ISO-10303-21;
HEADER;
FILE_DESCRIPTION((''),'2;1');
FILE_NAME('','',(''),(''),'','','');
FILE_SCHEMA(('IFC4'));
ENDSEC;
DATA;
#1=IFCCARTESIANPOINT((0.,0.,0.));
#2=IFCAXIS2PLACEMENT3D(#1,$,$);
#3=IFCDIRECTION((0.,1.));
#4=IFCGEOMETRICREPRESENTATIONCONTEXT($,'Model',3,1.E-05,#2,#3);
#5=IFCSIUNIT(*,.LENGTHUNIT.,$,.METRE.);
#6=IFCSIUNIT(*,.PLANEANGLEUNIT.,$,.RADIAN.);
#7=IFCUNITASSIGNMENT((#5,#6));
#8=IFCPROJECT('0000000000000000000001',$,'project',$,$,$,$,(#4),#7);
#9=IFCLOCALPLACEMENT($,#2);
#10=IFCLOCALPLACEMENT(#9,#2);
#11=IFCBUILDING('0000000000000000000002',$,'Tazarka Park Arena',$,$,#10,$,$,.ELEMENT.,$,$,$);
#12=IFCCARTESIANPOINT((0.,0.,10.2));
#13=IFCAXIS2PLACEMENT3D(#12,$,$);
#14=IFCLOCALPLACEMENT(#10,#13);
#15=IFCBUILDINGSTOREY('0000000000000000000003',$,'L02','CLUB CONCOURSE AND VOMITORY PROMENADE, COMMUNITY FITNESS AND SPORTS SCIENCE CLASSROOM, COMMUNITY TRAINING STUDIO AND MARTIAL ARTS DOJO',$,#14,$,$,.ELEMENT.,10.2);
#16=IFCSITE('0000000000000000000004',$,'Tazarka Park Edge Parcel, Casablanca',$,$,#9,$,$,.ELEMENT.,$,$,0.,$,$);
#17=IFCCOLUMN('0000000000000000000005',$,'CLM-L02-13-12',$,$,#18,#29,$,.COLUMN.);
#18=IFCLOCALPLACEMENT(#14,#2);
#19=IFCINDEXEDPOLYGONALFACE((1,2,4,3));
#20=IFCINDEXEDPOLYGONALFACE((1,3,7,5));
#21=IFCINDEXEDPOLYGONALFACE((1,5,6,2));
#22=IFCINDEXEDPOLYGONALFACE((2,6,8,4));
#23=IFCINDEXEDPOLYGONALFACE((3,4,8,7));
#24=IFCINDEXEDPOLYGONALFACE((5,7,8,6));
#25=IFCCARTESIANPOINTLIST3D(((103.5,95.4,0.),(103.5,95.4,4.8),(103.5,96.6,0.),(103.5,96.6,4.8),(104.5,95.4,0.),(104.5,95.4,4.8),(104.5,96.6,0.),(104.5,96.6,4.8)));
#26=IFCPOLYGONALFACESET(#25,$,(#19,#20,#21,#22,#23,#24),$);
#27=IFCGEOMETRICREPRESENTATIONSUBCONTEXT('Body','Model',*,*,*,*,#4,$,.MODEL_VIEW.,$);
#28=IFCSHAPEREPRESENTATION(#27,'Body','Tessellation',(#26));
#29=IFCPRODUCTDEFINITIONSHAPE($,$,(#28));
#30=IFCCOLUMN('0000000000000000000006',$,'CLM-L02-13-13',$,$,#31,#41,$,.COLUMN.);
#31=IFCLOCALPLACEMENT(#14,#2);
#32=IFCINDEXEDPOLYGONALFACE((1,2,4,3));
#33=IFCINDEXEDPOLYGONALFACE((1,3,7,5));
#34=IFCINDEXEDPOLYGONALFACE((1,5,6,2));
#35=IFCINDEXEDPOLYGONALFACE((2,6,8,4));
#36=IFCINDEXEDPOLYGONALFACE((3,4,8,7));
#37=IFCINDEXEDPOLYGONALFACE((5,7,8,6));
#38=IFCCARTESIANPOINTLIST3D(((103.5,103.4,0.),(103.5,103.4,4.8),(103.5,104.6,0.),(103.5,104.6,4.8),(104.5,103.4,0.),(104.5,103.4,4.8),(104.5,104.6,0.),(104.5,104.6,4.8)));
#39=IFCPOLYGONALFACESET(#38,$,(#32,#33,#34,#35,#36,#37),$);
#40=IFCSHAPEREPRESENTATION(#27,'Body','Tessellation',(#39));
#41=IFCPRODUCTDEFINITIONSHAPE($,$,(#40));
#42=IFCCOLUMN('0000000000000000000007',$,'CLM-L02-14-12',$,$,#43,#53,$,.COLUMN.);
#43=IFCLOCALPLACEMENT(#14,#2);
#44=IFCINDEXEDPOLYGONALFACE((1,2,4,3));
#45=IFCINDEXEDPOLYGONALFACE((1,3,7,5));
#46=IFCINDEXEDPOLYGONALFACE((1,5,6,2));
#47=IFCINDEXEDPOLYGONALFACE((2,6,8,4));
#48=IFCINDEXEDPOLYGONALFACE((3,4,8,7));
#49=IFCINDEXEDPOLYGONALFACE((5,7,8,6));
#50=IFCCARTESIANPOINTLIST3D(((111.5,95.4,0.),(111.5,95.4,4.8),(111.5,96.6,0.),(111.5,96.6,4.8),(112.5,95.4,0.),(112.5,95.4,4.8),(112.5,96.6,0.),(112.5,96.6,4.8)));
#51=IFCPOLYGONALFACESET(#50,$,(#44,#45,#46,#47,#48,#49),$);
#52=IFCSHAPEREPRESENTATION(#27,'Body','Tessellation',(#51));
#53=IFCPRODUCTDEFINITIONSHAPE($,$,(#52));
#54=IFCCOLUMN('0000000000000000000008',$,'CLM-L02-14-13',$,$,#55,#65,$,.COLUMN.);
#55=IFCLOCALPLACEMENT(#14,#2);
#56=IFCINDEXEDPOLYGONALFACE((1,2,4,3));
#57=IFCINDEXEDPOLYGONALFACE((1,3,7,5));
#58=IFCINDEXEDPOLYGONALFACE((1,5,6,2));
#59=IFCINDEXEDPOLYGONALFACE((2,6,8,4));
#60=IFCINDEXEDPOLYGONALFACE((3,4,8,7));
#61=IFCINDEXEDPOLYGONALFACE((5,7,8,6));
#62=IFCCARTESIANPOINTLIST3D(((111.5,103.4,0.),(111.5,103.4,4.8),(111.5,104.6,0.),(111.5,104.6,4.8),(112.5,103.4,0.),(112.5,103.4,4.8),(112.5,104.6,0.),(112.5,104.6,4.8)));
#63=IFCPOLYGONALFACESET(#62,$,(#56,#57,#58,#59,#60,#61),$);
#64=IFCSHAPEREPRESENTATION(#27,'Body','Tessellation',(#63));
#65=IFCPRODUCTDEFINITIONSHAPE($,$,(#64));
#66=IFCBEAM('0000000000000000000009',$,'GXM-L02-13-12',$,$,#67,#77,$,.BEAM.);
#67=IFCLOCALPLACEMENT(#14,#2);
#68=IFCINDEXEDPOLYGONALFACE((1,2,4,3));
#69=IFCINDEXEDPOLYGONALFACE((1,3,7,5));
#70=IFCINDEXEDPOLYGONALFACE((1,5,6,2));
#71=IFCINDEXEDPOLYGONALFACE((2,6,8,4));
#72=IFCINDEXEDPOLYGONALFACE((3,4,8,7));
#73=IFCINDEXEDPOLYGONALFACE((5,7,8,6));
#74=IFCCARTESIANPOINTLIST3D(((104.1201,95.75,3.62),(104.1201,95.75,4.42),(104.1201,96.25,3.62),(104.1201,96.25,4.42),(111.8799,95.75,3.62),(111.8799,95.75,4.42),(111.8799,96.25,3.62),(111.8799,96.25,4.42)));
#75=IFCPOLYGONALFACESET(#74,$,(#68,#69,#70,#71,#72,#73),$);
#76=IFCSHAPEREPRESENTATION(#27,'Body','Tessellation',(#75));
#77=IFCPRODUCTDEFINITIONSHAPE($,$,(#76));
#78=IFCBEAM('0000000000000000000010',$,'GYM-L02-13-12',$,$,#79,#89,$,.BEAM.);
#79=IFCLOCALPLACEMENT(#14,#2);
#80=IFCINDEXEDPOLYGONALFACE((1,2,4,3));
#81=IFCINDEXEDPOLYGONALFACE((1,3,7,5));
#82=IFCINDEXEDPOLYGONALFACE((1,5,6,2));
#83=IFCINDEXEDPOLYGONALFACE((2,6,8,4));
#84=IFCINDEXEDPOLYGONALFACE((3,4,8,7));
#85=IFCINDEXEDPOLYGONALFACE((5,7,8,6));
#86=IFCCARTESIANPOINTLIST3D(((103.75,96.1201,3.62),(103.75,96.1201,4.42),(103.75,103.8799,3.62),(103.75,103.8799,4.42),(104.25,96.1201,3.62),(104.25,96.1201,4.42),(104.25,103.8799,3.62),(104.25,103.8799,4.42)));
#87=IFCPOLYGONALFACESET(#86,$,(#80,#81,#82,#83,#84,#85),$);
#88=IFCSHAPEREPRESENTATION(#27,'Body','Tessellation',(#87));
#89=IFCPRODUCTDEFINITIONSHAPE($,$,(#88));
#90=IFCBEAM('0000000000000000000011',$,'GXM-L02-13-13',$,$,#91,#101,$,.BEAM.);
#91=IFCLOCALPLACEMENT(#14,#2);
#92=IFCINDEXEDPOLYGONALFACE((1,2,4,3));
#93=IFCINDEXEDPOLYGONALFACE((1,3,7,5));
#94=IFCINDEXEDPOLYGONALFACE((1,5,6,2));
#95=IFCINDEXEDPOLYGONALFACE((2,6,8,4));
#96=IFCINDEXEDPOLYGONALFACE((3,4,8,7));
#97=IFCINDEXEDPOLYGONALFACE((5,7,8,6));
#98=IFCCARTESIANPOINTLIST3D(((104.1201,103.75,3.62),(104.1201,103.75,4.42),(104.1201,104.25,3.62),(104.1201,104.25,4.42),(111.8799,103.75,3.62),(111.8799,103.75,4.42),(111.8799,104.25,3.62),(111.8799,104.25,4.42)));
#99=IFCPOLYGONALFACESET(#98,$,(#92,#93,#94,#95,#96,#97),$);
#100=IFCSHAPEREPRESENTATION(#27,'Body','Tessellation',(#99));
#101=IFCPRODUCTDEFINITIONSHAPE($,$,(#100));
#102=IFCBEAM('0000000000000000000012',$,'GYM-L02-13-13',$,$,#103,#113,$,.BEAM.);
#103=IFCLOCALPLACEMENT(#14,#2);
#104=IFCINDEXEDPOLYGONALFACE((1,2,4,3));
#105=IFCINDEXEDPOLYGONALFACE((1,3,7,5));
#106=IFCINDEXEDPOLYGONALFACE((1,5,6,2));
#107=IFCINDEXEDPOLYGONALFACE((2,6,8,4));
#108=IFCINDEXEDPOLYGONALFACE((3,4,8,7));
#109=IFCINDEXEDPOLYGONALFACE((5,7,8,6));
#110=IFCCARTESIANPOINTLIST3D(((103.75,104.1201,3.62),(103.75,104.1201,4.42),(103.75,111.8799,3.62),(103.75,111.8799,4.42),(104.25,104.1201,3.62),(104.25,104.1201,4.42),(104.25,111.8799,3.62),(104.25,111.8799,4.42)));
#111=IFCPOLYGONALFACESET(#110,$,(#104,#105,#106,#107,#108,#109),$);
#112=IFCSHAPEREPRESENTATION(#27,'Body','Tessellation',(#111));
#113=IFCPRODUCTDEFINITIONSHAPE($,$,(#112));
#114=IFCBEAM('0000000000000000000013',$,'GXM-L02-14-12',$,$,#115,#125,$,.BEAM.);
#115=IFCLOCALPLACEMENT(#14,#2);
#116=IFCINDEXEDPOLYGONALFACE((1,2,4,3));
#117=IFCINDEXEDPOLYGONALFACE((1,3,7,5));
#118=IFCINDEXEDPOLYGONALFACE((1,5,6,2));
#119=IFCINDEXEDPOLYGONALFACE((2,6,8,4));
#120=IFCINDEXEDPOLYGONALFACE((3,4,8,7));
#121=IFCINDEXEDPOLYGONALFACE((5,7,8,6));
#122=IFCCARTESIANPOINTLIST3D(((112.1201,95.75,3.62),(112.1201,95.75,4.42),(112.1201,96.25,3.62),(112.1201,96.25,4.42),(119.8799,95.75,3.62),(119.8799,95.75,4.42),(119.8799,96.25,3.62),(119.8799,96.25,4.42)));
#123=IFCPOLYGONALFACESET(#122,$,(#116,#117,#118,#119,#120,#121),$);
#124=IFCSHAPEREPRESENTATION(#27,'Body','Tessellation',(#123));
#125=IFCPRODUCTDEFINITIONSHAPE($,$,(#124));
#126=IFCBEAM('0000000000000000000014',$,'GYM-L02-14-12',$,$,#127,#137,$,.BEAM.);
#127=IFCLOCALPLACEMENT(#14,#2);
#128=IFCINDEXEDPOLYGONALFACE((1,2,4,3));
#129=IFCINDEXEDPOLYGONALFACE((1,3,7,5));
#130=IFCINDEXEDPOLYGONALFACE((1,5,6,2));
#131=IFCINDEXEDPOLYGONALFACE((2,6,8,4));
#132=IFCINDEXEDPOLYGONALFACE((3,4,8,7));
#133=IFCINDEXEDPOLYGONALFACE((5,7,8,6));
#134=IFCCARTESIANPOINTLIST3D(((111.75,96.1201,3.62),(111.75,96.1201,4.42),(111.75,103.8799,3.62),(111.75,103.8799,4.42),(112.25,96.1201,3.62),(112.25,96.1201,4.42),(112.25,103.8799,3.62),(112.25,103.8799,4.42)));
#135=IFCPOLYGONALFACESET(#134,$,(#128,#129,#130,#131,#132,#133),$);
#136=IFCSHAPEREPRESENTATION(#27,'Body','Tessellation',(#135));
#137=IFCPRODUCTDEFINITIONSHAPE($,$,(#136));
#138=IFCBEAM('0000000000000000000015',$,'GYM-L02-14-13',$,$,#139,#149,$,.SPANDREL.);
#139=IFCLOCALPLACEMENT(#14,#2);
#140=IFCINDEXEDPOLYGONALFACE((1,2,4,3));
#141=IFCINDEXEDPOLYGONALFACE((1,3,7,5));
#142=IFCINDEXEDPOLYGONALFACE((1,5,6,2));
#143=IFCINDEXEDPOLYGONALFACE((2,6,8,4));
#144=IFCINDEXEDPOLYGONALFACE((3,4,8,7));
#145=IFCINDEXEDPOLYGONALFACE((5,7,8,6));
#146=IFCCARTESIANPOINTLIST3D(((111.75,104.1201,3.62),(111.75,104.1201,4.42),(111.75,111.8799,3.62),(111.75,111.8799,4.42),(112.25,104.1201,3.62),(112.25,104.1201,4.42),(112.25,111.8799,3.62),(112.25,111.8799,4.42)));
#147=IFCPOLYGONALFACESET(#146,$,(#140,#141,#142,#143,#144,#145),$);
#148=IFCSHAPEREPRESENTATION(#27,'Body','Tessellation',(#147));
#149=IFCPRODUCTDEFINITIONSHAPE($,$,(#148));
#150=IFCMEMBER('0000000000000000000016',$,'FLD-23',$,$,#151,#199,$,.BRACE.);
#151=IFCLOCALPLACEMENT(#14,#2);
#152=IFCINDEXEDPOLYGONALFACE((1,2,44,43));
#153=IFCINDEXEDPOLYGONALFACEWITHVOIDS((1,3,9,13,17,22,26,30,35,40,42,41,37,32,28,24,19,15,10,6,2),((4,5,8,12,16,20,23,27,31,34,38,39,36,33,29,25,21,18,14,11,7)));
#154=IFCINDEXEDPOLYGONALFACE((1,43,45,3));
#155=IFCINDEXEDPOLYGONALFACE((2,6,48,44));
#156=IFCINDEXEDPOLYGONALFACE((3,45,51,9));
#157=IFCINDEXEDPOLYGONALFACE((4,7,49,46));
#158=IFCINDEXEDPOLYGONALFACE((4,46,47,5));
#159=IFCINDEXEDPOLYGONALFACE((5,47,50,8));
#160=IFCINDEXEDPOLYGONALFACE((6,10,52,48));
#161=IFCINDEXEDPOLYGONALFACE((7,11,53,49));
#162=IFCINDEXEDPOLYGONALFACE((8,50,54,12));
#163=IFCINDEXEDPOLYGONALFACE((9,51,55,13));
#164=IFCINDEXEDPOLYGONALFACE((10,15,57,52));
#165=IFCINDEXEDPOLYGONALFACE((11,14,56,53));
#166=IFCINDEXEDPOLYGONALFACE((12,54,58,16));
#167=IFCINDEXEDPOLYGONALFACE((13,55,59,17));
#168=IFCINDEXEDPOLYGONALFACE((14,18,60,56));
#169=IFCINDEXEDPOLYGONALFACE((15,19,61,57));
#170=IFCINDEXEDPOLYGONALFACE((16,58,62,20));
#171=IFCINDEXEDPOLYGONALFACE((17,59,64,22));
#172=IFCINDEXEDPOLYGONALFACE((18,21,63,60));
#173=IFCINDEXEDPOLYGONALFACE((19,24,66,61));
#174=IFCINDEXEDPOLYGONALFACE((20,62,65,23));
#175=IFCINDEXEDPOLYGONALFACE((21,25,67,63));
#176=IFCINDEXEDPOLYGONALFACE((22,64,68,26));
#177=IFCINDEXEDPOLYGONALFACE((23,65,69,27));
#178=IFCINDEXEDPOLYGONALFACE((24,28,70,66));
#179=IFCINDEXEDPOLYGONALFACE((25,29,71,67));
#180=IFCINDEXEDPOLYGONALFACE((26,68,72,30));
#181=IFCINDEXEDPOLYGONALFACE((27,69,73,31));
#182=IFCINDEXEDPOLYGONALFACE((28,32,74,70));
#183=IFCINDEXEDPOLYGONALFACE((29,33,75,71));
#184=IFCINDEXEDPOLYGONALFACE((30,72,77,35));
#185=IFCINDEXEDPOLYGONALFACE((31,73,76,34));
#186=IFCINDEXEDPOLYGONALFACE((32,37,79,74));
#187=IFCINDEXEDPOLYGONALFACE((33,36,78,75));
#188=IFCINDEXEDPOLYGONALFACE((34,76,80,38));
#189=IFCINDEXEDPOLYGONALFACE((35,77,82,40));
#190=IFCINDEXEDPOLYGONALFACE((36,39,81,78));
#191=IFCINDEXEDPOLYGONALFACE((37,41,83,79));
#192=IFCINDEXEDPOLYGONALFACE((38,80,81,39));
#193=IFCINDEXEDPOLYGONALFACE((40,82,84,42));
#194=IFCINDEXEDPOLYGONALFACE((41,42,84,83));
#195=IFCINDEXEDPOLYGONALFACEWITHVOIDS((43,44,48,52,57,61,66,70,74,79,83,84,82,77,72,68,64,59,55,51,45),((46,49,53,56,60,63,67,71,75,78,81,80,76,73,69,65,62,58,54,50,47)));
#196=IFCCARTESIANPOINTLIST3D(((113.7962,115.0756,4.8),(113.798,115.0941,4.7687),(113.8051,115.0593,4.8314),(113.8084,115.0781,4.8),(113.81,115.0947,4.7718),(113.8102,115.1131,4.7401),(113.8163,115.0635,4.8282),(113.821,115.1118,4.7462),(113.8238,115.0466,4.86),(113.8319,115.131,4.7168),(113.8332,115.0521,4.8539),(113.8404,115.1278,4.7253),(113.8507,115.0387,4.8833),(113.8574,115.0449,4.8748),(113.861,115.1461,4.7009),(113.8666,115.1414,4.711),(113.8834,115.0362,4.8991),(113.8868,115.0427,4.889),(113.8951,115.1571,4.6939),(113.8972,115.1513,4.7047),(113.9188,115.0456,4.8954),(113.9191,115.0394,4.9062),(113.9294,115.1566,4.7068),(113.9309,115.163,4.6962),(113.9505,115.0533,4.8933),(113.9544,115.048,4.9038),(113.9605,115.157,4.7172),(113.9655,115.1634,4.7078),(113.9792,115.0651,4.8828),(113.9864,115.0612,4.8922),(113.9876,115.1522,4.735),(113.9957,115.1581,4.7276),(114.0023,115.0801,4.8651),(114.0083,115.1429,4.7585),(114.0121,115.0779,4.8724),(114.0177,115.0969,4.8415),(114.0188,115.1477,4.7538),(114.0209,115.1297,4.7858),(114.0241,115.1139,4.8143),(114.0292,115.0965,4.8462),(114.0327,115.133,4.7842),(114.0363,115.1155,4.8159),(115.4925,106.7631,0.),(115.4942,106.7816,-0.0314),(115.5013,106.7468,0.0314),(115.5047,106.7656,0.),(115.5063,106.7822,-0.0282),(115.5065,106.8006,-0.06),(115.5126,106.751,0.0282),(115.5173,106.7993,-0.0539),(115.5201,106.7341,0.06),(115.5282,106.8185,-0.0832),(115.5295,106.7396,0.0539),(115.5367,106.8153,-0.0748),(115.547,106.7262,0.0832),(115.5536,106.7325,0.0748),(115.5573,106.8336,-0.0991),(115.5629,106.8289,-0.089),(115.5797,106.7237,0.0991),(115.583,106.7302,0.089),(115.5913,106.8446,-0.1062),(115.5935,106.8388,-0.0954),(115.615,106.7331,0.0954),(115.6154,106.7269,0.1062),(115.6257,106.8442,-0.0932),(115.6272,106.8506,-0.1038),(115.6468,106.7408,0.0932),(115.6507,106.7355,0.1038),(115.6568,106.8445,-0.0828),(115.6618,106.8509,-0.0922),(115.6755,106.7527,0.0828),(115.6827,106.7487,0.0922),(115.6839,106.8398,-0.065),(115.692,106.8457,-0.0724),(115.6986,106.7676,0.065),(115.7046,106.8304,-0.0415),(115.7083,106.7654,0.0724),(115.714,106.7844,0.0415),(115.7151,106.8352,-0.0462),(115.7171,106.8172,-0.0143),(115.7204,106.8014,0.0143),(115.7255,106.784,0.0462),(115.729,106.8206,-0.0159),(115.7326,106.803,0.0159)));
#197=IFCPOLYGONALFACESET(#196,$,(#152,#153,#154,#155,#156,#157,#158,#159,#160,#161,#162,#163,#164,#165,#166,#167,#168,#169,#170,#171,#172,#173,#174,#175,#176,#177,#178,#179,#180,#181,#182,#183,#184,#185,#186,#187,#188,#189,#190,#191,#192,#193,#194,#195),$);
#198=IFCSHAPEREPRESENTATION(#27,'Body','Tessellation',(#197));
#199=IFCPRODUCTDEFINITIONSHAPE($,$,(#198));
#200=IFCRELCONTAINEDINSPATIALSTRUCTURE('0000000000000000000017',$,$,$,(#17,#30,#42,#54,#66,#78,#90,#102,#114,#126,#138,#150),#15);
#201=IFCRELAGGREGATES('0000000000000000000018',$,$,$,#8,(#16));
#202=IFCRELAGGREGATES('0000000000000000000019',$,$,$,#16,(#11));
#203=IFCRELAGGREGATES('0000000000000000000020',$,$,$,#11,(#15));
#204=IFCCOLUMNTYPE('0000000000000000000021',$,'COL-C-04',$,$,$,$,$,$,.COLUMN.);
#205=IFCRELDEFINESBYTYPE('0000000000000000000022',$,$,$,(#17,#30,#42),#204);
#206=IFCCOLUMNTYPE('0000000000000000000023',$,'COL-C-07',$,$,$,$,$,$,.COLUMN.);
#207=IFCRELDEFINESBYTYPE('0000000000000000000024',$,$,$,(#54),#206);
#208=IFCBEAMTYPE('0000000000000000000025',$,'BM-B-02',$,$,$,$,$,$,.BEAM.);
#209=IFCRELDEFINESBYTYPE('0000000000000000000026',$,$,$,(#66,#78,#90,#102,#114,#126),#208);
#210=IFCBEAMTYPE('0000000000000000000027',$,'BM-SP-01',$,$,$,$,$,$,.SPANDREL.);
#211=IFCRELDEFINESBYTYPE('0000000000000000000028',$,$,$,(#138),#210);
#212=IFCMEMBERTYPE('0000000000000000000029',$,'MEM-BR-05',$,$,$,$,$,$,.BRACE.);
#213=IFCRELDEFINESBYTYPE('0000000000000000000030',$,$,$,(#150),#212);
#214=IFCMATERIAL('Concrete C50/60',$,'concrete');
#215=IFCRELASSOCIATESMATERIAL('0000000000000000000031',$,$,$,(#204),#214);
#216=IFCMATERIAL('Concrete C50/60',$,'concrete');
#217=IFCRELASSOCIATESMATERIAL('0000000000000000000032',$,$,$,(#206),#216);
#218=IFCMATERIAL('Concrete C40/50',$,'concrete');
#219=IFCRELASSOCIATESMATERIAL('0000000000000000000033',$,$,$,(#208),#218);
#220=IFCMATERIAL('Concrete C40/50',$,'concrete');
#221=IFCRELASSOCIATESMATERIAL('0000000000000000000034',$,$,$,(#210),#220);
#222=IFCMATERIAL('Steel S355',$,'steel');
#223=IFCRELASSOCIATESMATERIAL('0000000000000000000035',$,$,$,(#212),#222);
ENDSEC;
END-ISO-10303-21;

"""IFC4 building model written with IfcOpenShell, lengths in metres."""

from ifc_helpers import new_model, si_unit, direction, frame, origin, origin_2d, place, context, subcontext, project, spatial, rectangle, hollow_circle, extrude, material, material_profile, profile_set, type_object, element, save


model = new_model("IFC4")

# Units and contexts
model_context = context("Model", 3, precision=1e-05, world=origin(), true_north=direction((0.0, 1.0)))
body_context = subcontext(model_context, "Body", "Model", "MODEL_VIEW")
ifc_project = project(units=[si_unit("LENGTHUNIT", "METRE"), si_unit("PLANEANGLEUNIT", "RADIAN")], contexts=[model_context])

# Site, building, storey
site_placement = place(None, origin())
site = spatial("IfcSite", under=ifc_project, at=site_placement, Name="Tazarka Park Edge Parcel, Casablanca", CompositionType="ELEMENT", RefElevation=0.0)
building_placement = place(site_placement, origin())
building = spatial("IfcBuilding", under=site, at=building_placement, Name="Tazarka Park Arena", CompositionType="ELEMENT")
storey_placement = place(building_placement, frame((0.0, 0.0, 10.2)))
storey = spatial("IfcBuildingStorey", under=building, at=storey_placement, Name="L02", Description="CLUB CONCOURSE AND VOMITORY PROMENADE, COMMUNITY FITNESS AND SPORTS SCIENCE CLASSROOM, COMMUNITY TRAINING STUDIO AND MARTIAL ARTS DOJO", CompositionType="ELEMENT", Elevation=10.2)

# Columns
ifc_material_1 = material(Name="Concrete C50/60", Category="concrete")
ifc_material_profile_1 = material_profile(ifc_material_1, rectangle(XDim=1.0, YDim=1.2, at=origin_2d()), Name="Concrete C50/60")
ifc_profile_set_1 = profile_set([ifc_material_profile_1], Name="Concrete C50/60")
column_type_1 = type_object("IfcColumnType", Name="COL-C-04", PredefinedType="COLUMN", material=ifc_profile_set_1)
for number, where, z_axis, x_axis, name in (
    (1, (104.0, 96.0, 0.0), (0.0, 0.0, 1.0), (1.0, 0.0, 0.0), "CLM-L02-13-12"),
    (2, (104.0, 104.0, 0.0), (0.0, 0.0, 1.0), (1.0, 0.0, 0.0), "CLM-L02-13-13"),
    (3, (112.0, 96.0, 0.0), (0.0, 0.0, 1.0), (1.0, 0.0, 0.0), "CLM-L02-14-12"),
):
    element("IfcColumn", number, at=place(storey_placement, frame(where, z_axis=z_axis, x_axis=x_axis)), inside=storey, type_object=column_type_1, Name=name, PredefinedType="COLUMN", context=body_context, shape_type="SweptSolid", body=[
        extrude(rectangle(XDim=1.0, YDim=1.2, at=origin_2d()), origin(), (0.0, 0.0, 1.0), 4.8),
    ])
ifc_material_2 = material(Name="Concrete C50/60", Category="concrete")
ifc_material_profile_2 = material_profile(ifc_material_2, rectangle(XDim=1.0, YDim=1.2, at=origin_2d()), Name="Concrete C50/60")
ifc_profile_set_2 = profile_set([ifc_material_profile_2], Name="Concrete C50/60")
column_type_2 = type_object("IfcColumnType", Name="COL-C-07", PredefinedType="COLUMN", material=ifc_profile_set_2)
column_placement = place(storey_placement, frame((112.0, 104.0, 0.0), z_axis=(0.0, 0.0, 1.0), x_axis=(1.0, 0.0, 0.0)))
element("IfcColumn", 4, at=column_placement, inside=storey, type_object=column_type_2, Name="CLM-L02-14-13", PredefinedType="COLUMN", context=body_context, shape_type="SweptSolid", body=[
    extrude(rectangle(XDim=1.0, YDim=1.2, at=origin_2d()), origin(), (0.0, 0.0, 1.0), 4.8),
])

# Beams
ifc_material_3 = material(Name="Concrete C40/50", Category="concrete")
ifc_material_profile_3 = material_profile(ifc_material_3, rectangle(XDim=0.5, YDim=0.8, at=origin_2d()), Name="Concrete C40/50")
ifc_profile_set_3 = profile_set([ifc_material_profile_3], Name="Concrete C40/50")
beam_type_1 = type_object("IfcBeamType", Name="BM-B-02", PredefinedType="BEAM", material=ifc_profile_set_3)
for number, where, z_axis, x_axis, name in (
    (5, (104.1201, 96.0, 4.02), (1.0, 0.0, 0.0), (0.0, 1.0, 0.0), "GXM-L02-13-12"),
    (6, (104.0, 96.1201, 4.02), (0.0, 1.0, 0.0), (-1.0, 0.0, 0.0), "GYM-L02-13-12"),
    (7, (104.1201, 104.0, 4.02), (1.0, 0.0, 0.0), (0.0, 1.0, 0.0), "GXM-L02-13-13"),
    (8, (104.0, 104.1201, 4.02), (0.0, 1.0, 0.0), (-1.0, 0.0, 0.0), "GYM-L02-13-13"),
    (9, (112.1201, 96.0, 4.02), (1.0, 0.0, 0.0), (0.0, 1.0, 0.0), "GXM-L02-14-12"),
    (10, (112.0, 96.1201, 4.02), (0.0, 1.0, 0.0), (-1.0, 0.0, 0.0), "GYM-L02-14-12"),
):
    element("IfcBeam", number, at=place(storey_placement, frame(where, z_axis=z_axis, x_axis=x_axis)), inside=storey, type_object=beam_type_1, Name=name, PredefinedType="BEAM", context=body_context, shape_type="SweptSolid", body=[
        extrude(rectangle(XDim=0.5, YDim=0.8, at=origin_2d()), origin(), (0.0, 0.0, 1.0), 7.7598),
    ])
ifc_material_4 = material(Name="Concrete C40/50", Category="concrete")
ifc_material_profile_4 = material_profile(ifc_material_4, rectangle(XDim=0.5, YDim=0.8, at=origin_2d()), Name="Concrete C40/50")
ifc_profile_set_4 = profile_set([ifc_material_profile_4], Name="Concrete C40/50")
beam_type_2 = type_object("IfcBeamType", Name="BM-SP-01", PredefinedType="SPANDREL", material=ifc_profile_set_4)
beam_placement = place(storey_placement, frame((112.0, 104.1201, 4.02), z_axis=(0.0, 1.0, 0.0), x_axis=(-1.0, 0.0, 0.0)))
element("IfcBeam", 11, at=beam_placement, inside=storey, type_object=beam_type_2, Name="GYM-L02-14-13", PredefinedType="SPANDREL", context=body_context, shape_type="SweptSolid", body=[
    extrude(rectangle(XDim=0.5, YDim=0.8, at=origin_2d()), origin(), (0.0, 0.0, 1.0), 7.7598),
])

# Member
ifc_material_5 = material(Name="Steel S355", Category="steel")
ifc_material_profile_5 = material_profile(ifc_material_5, hollow_circle(Radius=0.1223, WallThickness=0.0125, at=origin_2d()), Name="Steel S355")
ifc_profile_set_5 = profile_set([ifc_material_profile_5], Name="Steel S355")
member_type_1 = type_object("IfcMemberType", Name="MEM-BR-05", PredefinedType="BRACE", material=ifc_profile_set_5)
member_1_placement = place(storey_placement, frame((115.6123, 106.7876, 0.0), z_axis=(-0.174021, 0.852775, 0.492434), x_axis=(-0.979807, -0.199944, 0.0)))
element("IfcMember", 12, at=member_1_placement, inside=storey, type_object=member_type_1, Name="FLD-23", PredefinedType="BRACE", context=body_context, shape_type="SweptSolid", body=[
    extrude(hollow_circle(Radius=0.1223, WallThickness=0.0125, at=origin_2d()), origin(), (0.0, 0.0, 1.0), 9.7476),
])

save(model, "model.ifc")
